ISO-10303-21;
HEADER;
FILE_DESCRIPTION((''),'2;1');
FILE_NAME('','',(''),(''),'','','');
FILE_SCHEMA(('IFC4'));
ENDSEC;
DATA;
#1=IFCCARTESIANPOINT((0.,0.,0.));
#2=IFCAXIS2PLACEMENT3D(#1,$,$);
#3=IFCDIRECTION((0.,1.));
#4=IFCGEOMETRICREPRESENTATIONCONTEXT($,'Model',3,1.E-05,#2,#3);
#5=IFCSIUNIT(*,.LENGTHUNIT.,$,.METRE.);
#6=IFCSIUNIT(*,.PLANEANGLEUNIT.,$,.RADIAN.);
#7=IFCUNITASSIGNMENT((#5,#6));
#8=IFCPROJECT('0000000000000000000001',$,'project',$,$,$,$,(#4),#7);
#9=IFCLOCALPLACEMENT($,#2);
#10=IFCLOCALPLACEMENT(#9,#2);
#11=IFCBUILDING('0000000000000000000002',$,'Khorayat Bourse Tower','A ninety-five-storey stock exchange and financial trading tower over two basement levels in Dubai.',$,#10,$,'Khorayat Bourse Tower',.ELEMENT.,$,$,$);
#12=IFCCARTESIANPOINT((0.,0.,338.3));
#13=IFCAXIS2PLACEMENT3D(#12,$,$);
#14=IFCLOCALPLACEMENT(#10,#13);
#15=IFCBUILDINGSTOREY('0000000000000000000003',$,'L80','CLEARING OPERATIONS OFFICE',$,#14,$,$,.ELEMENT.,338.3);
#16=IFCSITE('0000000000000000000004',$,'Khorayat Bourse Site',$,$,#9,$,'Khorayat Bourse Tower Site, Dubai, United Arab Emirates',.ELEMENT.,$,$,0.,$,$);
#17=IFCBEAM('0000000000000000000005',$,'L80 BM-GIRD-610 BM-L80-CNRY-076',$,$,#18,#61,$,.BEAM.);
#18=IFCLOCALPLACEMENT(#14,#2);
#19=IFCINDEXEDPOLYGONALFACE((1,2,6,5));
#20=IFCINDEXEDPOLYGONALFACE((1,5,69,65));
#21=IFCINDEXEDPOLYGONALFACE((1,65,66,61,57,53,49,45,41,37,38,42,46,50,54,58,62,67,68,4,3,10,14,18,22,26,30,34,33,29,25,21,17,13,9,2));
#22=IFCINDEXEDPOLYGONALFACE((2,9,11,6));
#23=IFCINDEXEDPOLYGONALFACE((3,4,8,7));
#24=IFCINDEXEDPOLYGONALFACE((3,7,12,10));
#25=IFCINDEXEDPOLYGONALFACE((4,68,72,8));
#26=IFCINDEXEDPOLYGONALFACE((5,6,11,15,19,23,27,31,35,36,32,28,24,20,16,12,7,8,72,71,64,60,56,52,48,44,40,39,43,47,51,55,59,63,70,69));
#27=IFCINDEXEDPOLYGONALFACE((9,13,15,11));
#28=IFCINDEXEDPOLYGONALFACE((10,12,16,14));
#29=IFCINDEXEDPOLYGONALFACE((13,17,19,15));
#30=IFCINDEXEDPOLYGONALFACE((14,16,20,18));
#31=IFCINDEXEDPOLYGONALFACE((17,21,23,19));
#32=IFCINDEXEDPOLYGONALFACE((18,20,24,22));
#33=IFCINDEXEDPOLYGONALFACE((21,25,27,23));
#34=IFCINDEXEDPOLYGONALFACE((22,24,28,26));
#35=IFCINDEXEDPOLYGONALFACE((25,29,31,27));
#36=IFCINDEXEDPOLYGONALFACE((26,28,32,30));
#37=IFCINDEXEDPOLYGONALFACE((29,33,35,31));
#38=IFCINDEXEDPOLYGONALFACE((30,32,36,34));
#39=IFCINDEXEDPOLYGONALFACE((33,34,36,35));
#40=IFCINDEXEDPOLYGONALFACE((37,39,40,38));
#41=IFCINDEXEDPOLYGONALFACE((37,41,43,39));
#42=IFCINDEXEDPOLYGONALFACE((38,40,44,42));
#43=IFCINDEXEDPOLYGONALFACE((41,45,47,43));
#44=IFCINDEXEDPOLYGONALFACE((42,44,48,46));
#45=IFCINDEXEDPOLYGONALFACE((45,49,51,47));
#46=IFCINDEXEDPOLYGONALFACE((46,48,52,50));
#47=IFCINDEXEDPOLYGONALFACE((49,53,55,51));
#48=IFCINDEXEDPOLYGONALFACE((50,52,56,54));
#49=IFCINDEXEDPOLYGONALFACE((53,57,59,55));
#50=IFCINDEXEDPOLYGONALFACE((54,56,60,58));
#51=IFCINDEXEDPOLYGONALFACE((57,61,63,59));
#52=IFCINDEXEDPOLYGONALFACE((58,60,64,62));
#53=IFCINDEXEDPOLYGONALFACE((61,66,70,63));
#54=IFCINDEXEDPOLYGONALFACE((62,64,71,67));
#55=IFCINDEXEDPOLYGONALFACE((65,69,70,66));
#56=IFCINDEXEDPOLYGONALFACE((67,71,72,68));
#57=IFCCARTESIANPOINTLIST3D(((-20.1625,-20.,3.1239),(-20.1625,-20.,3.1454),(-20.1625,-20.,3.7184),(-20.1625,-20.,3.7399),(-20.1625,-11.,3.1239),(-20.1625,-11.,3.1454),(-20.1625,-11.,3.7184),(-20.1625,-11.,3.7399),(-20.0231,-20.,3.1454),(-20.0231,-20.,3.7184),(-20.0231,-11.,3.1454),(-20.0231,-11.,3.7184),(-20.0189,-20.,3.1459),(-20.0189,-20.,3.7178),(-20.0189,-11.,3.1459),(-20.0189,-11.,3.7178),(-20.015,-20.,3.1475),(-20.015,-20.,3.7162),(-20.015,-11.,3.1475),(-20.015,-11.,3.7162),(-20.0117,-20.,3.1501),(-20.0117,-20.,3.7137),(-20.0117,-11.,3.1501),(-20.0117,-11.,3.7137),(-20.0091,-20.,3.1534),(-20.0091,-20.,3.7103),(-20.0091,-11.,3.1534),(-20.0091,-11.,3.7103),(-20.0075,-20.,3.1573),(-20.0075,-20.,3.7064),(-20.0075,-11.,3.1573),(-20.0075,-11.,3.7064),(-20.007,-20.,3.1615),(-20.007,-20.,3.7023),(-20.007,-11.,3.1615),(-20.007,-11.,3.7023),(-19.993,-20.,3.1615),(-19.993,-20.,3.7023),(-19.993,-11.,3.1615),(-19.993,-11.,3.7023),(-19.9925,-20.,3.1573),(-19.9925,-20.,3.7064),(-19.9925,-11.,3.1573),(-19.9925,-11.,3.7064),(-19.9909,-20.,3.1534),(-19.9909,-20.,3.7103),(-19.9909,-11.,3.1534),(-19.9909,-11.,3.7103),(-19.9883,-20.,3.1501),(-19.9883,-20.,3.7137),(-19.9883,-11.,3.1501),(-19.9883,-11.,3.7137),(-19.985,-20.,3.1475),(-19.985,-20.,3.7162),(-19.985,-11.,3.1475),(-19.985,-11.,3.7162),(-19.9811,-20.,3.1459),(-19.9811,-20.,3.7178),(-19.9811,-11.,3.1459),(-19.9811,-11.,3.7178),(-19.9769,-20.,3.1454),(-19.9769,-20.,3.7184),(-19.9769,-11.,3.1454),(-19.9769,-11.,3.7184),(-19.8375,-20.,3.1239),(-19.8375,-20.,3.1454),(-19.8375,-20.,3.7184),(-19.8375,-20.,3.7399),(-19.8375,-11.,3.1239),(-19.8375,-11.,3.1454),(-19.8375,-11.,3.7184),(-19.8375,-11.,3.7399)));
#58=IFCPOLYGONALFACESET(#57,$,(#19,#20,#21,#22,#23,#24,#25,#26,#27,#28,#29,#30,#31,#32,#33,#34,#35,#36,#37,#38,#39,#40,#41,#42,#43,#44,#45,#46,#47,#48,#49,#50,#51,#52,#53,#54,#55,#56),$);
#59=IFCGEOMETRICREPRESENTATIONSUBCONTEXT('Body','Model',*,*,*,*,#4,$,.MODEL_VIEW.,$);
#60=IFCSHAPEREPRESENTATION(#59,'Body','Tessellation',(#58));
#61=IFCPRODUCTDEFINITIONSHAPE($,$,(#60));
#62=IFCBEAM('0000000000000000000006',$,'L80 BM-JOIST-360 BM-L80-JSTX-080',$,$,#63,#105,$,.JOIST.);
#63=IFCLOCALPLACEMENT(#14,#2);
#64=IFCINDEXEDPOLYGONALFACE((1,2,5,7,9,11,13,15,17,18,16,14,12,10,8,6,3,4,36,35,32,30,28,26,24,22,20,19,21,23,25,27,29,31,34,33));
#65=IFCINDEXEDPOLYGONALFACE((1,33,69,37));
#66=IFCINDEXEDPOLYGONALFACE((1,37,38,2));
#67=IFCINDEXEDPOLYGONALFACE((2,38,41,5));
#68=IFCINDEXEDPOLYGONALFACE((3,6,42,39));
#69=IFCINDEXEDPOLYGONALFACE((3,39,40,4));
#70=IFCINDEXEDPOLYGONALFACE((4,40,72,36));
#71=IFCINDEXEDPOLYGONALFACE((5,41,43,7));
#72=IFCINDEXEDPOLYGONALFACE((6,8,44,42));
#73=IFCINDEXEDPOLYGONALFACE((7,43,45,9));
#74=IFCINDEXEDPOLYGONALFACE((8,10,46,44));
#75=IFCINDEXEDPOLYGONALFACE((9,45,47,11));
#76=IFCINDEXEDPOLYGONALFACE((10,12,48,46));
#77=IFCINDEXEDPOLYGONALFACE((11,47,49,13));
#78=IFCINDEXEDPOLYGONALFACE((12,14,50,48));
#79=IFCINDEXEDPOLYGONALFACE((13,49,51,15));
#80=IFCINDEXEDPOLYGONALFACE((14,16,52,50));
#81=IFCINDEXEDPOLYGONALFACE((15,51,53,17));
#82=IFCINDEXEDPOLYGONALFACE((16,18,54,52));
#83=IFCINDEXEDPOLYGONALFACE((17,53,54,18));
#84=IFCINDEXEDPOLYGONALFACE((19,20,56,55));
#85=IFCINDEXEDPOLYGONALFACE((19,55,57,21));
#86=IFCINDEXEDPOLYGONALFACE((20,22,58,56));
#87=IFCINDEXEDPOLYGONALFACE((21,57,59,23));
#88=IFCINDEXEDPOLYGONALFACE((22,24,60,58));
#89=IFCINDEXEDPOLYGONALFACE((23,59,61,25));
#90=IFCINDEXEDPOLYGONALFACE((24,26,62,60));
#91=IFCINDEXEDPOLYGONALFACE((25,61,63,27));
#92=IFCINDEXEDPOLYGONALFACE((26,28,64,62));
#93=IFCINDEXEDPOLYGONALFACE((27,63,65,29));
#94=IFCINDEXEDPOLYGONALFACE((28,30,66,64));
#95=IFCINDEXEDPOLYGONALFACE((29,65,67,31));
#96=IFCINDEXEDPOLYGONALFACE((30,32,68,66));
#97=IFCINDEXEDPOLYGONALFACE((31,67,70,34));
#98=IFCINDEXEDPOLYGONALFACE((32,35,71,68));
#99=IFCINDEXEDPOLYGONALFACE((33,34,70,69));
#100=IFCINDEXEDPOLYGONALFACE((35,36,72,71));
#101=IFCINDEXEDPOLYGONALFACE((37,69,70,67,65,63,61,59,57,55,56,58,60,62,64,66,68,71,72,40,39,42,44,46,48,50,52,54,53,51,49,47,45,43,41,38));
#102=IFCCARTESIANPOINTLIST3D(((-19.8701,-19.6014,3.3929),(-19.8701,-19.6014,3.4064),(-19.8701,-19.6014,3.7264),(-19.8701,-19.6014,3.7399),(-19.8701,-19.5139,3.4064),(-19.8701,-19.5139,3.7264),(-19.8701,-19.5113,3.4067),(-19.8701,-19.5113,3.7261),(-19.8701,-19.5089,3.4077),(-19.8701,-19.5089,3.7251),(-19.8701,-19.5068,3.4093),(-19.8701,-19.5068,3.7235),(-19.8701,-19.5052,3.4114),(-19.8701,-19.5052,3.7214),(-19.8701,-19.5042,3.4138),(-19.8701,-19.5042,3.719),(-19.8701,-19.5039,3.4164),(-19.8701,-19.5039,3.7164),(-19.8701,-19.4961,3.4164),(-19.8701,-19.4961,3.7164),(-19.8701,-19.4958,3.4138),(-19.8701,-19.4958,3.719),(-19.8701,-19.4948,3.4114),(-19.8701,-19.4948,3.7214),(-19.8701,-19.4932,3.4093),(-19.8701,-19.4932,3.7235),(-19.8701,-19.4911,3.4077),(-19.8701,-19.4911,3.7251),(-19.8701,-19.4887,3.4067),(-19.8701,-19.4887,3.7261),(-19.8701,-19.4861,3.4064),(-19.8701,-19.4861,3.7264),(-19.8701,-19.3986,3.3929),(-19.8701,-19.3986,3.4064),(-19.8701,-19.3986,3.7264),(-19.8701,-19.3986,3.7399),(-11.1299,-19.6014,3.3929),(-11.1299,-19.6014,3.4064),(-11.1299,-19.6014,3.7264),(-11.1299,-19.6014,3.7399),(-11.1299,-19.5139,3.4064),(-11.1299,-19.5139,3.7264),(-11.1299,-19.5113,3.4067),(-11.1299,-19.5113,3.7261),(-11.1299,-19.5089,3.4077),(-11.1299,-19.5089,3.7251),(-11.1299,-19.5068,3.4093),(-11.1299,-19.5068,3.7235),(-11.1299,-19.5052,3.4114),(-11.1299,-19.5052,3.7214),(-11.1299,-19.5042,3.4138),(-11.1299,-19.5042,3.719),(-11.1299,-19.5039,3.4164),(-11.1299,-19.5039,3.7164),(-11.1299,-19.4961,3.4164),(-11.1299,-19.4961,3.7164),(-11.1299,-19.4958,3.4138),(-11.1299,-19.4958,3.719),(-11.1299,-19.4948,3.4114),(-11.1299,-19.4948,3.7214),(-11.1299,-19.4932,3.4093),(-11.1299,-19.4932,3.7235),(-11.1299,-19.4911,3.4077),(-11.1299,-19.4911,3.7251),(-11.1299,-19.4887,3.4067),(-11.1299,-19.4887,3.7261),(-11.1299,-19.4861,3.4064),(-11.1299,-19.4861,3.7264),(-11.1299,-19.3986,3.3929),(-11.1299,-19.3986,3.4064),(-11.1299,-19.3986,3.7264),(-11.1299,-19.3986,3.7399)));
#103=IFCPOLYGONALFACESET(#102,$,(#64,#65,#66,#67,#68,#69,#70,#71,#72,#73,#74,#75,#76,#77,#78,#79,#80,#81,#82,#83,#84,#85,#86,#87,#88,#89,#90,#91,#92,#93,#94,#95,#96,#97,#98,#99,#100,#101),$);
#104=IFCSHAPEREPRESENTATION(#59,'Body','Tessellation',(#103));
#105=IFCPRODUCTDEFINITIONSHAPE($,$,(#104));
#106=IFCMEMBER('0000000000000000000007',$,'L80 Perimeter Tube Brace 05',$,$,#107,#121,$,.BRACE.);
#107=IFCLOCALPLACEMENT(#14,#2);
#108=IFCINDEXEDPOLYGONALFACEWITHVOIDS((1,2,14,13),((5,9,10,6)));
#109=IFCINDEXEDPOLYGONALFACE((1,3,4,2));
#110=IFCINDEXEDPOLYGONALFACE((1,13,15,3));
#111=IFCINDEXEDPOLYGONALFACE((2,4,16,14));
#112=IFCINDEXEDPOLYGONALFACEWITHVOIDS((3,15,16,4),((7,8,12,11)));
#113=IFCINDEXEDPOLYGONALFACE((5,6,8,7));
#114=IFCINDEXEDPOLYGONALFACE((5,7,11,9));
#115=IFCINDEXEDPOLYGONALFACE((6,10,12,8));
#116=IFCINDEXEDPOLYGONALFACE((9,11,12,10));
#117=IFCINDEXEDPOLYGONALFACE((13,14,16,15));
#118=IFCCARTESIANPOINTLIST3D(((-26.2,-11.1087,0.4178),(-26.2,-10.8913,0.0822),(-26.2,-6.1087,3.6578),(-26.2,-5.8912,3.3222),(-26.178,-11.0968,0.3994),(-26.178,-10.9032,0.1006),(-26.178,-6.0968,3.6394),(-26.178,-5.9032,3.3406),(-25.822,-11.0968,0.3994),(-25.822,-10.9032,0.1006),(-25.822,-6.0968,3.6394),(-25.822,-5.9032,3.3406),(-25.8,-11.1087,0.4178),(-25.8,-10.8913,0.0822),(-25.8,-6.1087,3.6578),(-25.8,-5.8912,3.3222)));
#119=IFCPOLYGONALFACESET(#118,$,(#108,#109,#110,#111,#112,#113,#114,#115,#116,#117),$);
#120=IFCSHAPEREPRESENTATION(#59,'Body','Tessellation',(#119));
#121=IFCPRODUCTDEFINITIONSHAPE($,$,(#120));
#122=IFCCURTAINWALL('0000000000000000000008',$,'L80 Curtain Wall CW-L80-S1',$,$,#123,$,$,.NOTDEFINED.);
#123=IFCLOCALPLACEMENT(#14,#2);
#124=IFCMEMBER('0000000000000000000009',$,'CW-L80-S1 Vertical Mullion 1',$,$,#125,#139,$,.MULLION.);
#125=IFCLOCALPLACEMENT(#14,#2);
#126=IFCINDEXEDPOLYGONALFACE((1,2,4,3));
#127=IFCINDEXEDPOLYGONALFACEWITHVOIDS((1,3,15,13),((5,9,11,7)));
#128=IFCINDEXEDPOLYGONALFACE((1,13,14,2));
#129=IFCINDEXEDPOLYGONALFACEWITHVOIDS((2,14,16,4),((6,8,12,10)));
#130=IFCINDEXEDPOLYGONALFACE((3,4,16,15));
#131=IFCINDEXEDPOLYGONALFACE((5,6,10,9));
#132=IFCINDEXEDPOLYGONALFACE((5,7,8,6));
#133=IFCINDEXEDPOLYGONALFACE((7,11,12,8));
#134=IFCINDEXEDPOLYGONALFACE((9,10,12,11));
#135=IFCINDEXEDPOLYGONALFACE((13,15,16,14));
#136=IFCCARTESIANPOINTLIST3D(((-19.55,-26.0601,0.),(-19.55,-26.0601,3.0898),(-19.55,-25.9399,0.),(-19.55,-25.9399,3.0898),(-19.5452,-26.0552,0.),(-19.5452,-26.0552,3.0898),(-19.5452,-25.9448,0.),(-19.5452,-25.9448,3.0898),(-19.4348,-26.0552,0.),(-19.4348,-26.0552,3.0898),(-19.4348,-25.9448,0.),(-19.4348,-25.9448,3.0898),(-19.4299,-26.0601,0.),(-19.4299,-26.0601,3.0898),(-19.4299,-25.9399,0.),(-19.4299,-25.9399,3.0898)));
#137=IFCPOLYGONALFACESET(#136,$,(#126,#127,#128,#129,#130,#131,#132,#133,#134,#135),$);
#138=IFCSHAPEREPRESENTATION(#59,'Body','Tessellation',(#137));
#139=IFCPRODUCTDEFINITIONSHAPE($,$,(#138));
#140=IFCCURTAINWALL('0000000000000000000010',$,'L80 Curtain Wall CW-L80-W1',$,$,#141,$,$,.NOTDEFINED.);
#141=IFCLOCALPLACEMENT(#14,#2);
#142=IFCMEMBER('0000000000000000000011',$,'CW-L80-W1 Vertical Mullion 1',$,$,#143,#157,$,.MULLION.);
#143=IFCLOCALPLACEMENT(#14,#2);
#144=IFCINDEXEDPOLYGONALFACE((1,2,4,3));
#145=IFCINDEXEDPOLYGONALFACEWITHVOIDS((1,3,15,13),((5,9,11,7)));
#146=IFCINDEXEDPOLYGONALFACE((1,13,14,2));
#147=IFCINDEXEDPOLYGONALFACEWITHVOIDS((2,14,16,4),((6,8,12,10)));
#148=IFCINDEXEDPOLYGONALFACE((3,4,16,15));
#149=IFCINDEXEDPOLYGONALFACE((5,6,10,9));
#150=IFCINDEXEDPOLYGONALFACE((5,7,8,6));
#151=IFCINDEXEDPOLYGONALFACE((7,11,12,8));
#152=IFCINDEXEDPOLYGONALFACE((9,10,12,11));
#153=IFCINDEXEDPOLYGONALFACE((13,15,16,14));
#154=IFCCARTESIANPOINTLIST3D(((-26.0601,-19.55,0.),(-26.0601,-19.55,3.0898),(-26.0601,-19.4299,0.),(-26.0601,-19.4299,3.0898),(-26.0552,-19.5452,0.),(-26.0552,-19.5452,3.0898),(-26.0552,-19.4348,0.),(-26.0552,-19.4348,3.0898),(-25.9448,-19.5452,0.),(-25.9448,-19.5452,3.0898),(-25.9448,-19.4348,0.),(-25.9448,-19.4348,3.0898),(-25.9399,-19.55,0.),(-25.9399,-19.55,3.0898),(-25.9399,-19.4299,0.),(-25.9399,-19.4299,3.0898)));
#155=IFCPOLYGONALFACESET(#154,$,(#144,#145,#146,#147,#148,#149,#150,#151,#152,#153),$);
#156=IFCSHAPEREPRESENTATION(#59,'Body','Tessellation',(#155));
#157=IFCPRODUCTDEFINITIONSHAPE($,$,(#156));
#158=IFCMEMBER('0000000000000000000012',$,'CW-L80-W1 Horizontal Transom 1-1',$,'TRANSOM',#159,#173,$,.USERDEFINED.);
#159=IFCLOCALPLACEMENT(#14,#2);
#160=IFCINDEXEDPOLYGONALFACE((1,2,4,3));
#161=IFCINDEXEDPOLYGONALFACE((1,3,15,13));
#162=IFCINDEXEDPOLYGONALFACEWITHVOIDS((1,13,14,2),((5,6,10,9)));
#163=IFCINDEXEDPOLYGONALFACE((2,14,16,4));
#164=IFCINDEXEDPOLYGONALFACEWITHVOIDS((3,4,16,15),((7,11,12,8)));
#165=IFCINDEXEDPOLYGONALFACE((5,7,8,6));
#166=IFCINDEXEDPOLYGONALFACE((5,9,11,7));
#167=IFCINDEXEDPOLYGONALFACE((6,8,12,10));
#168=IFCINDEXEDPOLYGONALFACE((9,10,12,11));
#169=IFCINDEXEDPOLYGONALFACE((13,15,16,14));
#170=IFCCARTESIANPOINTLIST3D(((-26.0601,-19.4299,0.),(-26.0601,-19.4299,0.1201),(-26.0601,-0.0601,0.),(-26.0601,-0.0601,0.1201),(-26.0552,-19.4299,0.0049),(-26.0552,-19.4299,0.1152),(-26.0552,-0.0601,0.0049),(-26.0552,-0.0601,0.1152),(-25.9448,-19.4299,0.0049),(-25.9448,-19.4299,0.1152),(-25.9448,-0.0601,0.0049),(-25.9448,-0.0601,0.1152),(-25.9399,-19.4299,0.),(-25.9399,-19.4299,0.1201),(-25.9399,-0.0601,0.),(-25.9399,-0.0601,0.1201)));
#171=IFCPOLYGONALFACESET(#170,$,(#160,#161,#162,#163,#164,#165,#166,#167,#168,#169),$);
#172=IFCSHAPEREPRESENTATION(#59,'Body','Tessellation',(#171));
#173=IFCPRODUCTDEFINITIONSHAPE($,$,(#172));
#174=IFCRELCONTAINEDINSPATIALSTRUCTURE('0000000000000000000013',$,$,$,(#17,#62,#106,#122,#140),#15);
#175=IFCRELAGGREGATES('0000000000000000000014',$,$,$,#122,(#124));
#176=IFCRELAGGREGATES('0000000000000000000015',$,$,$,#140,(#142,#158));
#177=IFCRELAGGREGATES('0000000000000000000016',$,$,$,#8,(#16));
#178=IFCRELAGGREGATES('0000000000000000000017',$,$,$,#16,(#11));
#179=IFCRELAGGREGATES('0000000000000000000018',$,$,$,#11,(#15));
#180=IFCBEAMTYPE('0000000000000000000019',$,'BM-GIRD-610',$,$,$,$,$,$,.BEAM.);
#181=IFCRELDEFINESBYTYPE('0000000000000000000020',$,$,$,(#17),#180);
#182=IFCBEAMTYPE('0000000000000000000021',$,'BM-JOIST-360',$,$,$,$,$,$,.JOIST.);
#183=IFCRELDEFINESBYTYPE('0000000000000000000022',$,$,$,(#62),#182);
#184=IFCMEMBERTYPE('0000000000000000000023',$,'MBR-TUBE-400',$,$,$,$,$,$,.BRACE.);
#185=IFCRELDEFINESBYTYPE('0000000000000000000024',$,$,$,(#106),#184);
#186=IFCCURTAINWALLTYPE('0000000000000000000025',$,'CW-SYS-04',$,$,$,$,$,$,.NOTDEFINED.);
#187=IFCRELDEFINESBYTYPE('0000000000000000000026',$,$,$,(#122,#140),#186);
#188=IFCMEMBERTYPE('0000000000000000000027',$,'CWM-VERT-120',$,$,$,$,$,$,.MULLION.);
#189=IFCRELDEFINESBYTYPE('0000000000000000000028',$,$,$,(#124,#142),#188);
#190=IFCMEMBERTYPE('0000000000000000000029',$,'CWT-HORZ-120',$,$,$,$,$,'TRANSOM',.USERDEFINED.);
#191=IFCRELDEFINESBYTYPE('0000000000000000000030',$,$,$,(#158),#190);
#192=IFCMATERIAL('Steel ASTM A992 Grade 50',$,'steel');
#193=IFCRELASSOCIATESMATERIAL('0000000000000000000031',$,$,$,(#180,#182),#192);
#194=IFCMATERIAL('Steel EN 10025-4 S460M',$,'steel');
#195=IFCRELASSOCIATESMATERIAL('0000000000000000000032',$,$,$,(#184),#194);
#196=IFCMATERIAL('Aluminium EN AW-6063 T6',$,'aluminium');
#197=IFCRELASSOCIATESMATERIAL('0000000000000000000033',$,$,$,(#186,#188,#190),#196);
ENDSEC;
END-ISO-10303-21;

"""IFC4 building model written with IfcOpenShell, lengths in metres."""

from ifc_helpers import new_model, si_unit, direction, frame, origin, origin_2d, place, context, subcontext, project, spatial, hollow_rectangle, i_section, extrude, source, transform, mapped, material, material_profile, profile_set, type_object, element, aggregate, save


model = new_model("IFC4")

# Units and contexts
model_context = context("Model", 3, precision=1e-05, world=origin(), true_north=direction((0.0, 1.0)))
body_context = subcontext(model_context, "Body", "Model", "MODEL_VIEW")
ifc_project = project(units=[si_unit("LENGTHUNIT", "METRE"), si_unit("PLANEANGLEUNIT", "RADIAN")], contexts=[model_context])

# Site, building, storey
site_placement = place(None, origin())
site = spatial("IfcSite", under=ifc_project, at=site_placement, Name="Khorayat Bourse Site", LongName="Khorayat Bourse Tower Site, Dubai, United Arab Emirates", CompositionType="ELEMENT", RefElevation=0.0)
building_placement = place(site_placement, origin())
building = spatial("IfcBuilding", under=site, at=building_placement, Name="Khorayat Bourse Tower", Description="A ninety-five-storey stock exchange and financial trading tower over two basement levels in Dubai.", LongName="Khorayat Bourse Tower", CompositionType="ELEMENT")
storey_placement = place(building_placement, frame((0.0, 0.0, 338.3)))
storey = spatial("IfcBuildingStorey", under=building, at=storey_placement, Name="L80", Description="CLEARING OPERATIONS OFFICE", CompositionType="ELEMENT", Elevation=338.3)

# Beams
ifc_material_1 = material(Name="Steel ASTM A992 Grade 50", Category="steel")
ifc_material_profile_1 = material_profile(ifc_material_1, i_section(OverallWidth=0.325, OverallDepth=0.616, WebThickness=0.0139, FlangeThickness=0.0215, FilletRadius=0.0161, at=origin_2d()), Name="W610X174")
ifc_profile_set_1 = profile_set([ifc_material_profile_1], Name="Steel ASTM A992 Grade 50")
beam_type_1 = type_object("IfcBeamType", Name="BM-GIRD-610", PredefinedType="BEAM", material=ifc_profile_set_1)
shared_shape_1 = source(origin(), body_context, "Body", "SweptSolid", [
    extrude(i_section(OverallWidth=0.325, OverallDepth=0.616, WebThickness=0.0139, FlangeThickness=0.0215, FilletRadius=0.0161, at=origin_2d()), origin(), (0.0, 0.0, 1.0), 9.0),
])
beam_1_placement = place(storey_placement, frame((-20.0, -20.0, 3.4319), z_axis=(0.0, 1.0, 0.0), x_axis=(-1.0, 0.0, 0.0)))
element("IfcBeam", 1, at=beam_1_placement, inside=storey, type_object=beam_type_1, Name="L80 BM-GIRD-610 BM-L80-CNRY-076", PredefinedType="BEAM", context=body_context, shape_type="MappedRepresentation", body=[
    mapped(shared_shape_1, transform((0.0, 0.0, 0.0), scale=1.0)),
])
ifc_material_profile_2 = material_profile(ifc_material_1, i_section(OverallWidth=0.2029, OverallDepth=0.3469, WebThickness=0.0078, FlangeThickness=0.0134, FilletRadius=0.01, at=origin_2d()), Name="W360X64")
ifc_profile_set_2 = profile_set([ifc_material_profile_2], Name="Steel ASTM A992 Grade 50")
beam_type_2 = type_object("IfcBeamType", Name="BM-JOIST-360", PredefinedType="JOIST", material=ifc_profile_set_2)
shared_shape_2 = source(origin(), body_context, "Body", "SweptSolid", [
    extrude(i_section(OverallWidth=0.2029, OverallDepth=0.3469, WebThickness=0.0078, FlangeThickness=0.0134, FilletRadius=0.01, at=origin_2d()), origin(), (0.0, 0.0, 1.0), 8.7402),
])
beam_2_placement = place(storey_placement, frame((-19.8701, -19.5, 3.5664), z_axis=(1.0, 0.0, 0.0), x_axis=(0.0, 1.0, 0.0)))
element("IfcBeam", 2, at=beam_2_placement, inside=storey, type_object=beam_type_2, Name="L80 BM-JOIST-360 BM-L80-JSTX-080", PredefinedType="JOIST", context=body_context, shape_type="MappedRepresentation", body=[
    mapped(shared_shape_2, transform((0.0, 0.0, 0.0), scale=1.0)),
])

# Member
ifc_material_2 = material(Name="Steel EN 10025-4 S460M", Category="steel")
ifc_material_profile_3 = material_profile(ifc_material_2, hollow_rectangle(XDim=0.3999, YDim=0.3999, WallThickness=0.022, at=origin_2d()), Name="HSS 400x400x22")
ifc_profile_set_3 = profile_set([ifc_material_profile_3], Name="Steel EN 10025-4 S460M")
member_type_1 = type_object("IfcMemberType", Name="MBR-TUBE-400", PredefinedType="BRACE", material=ifc_profile_set_3)
shared_shape_3 = source(origin(), body_context, "Body", "SweptSolid", [
    extrude(hollow_rectangle(XDim=0.3999, YDim=0.3999, WallThickness=0.022, at=origin_2d()), origin(), (0.0, 0.0, 1.0), 5.958),
])
member_1_placement = place(storey_placement, frame((-26.0, -11.0, 0.25), z_axis=(0.0, 0.83921, 0.543807), x_axis=(-1.0, 0.0, 0.0)))
element("IfcMember", 3, at=member_1_placement, inside=storey, type_object=member_type_1, Name="L80 Perimeter Tube Brace 05", PredefinedType="BRACE", context=body_context, shape_type="MappedRepresentation", body=[
    mapped(shared_shape_3, transform((0.0, 0.0, 0.0), scale=1.0)),
])

# Curtain wall, member
ifc_material_3 = material(Name="Aluminium EN AW-6063 T6", Category="aluminium")
curtain_wall_type = type_object("IfcCurtainWallType", Name="CW-SYS-04", PredefinedType="NOTDEFINED", material=ifc_material_3)
curtain_wall_1_placement = place(storey_placement, origin())
curtain_wall_1 = element("IfcCurtainWall", 4, at=curtain_wall_1_placement, inside=storey, type_object=curtain_wall_type, Name="L80 Curtain Wall CW-L80-S1", PredefinedType="NOTDEFINED")
ifc_material_profile_4 = material_profile(ifc_material_3, hollow_rectangle(XDim=0.1201, YDim=0.1201, WallThickness=0.0049, at=origin_2d()), Name="ALU 120x120x5")
ifc_profile_set_4 = profile_set([ifc_material_profile_4], Name="Aluminium EN AW-6063 T6")
member_type_2 = type_object("IfcMemberType", Name="CWM-VERT-120", PredefinedType="MULLION", material=ifc_profile_set_4)
shared_shape_4 = source(origin(), body_context, "Body", "SweptSolid", [
    extrude(hollow_rectangle(XDim=0.1201, YDim=0.1201, WallThickness=0.0049, at=origin_2d()), origin(), (0.0, 0.0, 1.0), 3.0898),
])
member_2_placement = place(storey_placement, frame((-19.49, -26.0, 0.0), z_axis=(0.0, 0.0, 1.0), x_axis=(0.0, 1.0, 0.0)))
member_2 = element("IfcMember", 5, at=member_2_placement, type_object=member_type_2, Name="CW-L80-S1 Vertical Mullion 1", PredefinedType="MULLION", context=body_context, shape_type="MappedRepresentation", body=[
    mapped(shared_shape_4, transform((0.0, 0.0, 0.0), scale=1.0)),
])
aggregate(curtain_wall_1, [member_2])

# Curtain wall, members
curtain_wall_2_placement = place(storey_placement, origin())
curtain_wall_2 = element("IfcCurtainWall", 6, at=curtain_wall_2_placement, inside=storey, type_object=curtain_wall_type, Name="L80 Curtain Wall CW-L80-W1", PredefinedType="NOTDEFINED")
member_3_placement = place(storey_placement, frame((-26.0, -19.49, 0.0), z_axis=(0.0, 0.0, 1.0), x_axis=(-1.0, 0.0, 0.0)))
member_3 = element("IfcMember", 7, at=member_3_placement, type_object=member_type_2, Name="CW-L80-W1 Vertical Mullion 1", PredefinedType="MULLION", context=body_context, shape_type="MappedRepresentation", body=[
    mapped(shared_shape_4, transform((0.0, 0.0, 0.0), scale=1.0)),
])
ifc_material_profile_5 = material_profile(ifc_material_3, hollow_rectangle(XDim=0.1201, YDim=0.1201, WallThickness=0.0049, at=origin_2d()), Name="ALU 120x120x5")
ifc_profile_set_5 = profile_set([ifc_material_profile_5], Name="Aluminium EN AW-6063 T6")
member_type_3 = type_object("IfcMemberType", Name="CWT-HORZ-120", ElementType="TRANSOM", PredefinedType="USERDEFINED", material=ifc_profile_set_5)
shared_shape_5 = source(origin(), body_context, "Body", "SweptSolid", [
    extrude(hollow_rectangle(XDim=0.1201, YDim=0.1201, WallThickness=0.0049, at=origin_2d()), origin(), (0.0, 0.0, 1.0), 19.3699),
])
member_4_placement = place(storey_placement, frame((-26.0, -19.4299, 0.0601), z_axis=(0.0, 1.0, 0.0), x_axis=(-1.0, 0.0, 0.0)))
member_4 = element("IfcMember", 8, at=member_4_placement, type_object=member_type_3, Name="CW-L80-W1 Horizontal Transom 1-1", ObjectType="TRANSOM", PredefinedType="USERDEFINED", context=body_context, shape_type="MappedRepresentation", body=[
    mapped(shared_shape_5, transform((0.0, 0.0, 0.0), scale=1.0)),
])
aggregate(curtain_wall_2, [member_3, member_4])

save(model, "model.ifc")
